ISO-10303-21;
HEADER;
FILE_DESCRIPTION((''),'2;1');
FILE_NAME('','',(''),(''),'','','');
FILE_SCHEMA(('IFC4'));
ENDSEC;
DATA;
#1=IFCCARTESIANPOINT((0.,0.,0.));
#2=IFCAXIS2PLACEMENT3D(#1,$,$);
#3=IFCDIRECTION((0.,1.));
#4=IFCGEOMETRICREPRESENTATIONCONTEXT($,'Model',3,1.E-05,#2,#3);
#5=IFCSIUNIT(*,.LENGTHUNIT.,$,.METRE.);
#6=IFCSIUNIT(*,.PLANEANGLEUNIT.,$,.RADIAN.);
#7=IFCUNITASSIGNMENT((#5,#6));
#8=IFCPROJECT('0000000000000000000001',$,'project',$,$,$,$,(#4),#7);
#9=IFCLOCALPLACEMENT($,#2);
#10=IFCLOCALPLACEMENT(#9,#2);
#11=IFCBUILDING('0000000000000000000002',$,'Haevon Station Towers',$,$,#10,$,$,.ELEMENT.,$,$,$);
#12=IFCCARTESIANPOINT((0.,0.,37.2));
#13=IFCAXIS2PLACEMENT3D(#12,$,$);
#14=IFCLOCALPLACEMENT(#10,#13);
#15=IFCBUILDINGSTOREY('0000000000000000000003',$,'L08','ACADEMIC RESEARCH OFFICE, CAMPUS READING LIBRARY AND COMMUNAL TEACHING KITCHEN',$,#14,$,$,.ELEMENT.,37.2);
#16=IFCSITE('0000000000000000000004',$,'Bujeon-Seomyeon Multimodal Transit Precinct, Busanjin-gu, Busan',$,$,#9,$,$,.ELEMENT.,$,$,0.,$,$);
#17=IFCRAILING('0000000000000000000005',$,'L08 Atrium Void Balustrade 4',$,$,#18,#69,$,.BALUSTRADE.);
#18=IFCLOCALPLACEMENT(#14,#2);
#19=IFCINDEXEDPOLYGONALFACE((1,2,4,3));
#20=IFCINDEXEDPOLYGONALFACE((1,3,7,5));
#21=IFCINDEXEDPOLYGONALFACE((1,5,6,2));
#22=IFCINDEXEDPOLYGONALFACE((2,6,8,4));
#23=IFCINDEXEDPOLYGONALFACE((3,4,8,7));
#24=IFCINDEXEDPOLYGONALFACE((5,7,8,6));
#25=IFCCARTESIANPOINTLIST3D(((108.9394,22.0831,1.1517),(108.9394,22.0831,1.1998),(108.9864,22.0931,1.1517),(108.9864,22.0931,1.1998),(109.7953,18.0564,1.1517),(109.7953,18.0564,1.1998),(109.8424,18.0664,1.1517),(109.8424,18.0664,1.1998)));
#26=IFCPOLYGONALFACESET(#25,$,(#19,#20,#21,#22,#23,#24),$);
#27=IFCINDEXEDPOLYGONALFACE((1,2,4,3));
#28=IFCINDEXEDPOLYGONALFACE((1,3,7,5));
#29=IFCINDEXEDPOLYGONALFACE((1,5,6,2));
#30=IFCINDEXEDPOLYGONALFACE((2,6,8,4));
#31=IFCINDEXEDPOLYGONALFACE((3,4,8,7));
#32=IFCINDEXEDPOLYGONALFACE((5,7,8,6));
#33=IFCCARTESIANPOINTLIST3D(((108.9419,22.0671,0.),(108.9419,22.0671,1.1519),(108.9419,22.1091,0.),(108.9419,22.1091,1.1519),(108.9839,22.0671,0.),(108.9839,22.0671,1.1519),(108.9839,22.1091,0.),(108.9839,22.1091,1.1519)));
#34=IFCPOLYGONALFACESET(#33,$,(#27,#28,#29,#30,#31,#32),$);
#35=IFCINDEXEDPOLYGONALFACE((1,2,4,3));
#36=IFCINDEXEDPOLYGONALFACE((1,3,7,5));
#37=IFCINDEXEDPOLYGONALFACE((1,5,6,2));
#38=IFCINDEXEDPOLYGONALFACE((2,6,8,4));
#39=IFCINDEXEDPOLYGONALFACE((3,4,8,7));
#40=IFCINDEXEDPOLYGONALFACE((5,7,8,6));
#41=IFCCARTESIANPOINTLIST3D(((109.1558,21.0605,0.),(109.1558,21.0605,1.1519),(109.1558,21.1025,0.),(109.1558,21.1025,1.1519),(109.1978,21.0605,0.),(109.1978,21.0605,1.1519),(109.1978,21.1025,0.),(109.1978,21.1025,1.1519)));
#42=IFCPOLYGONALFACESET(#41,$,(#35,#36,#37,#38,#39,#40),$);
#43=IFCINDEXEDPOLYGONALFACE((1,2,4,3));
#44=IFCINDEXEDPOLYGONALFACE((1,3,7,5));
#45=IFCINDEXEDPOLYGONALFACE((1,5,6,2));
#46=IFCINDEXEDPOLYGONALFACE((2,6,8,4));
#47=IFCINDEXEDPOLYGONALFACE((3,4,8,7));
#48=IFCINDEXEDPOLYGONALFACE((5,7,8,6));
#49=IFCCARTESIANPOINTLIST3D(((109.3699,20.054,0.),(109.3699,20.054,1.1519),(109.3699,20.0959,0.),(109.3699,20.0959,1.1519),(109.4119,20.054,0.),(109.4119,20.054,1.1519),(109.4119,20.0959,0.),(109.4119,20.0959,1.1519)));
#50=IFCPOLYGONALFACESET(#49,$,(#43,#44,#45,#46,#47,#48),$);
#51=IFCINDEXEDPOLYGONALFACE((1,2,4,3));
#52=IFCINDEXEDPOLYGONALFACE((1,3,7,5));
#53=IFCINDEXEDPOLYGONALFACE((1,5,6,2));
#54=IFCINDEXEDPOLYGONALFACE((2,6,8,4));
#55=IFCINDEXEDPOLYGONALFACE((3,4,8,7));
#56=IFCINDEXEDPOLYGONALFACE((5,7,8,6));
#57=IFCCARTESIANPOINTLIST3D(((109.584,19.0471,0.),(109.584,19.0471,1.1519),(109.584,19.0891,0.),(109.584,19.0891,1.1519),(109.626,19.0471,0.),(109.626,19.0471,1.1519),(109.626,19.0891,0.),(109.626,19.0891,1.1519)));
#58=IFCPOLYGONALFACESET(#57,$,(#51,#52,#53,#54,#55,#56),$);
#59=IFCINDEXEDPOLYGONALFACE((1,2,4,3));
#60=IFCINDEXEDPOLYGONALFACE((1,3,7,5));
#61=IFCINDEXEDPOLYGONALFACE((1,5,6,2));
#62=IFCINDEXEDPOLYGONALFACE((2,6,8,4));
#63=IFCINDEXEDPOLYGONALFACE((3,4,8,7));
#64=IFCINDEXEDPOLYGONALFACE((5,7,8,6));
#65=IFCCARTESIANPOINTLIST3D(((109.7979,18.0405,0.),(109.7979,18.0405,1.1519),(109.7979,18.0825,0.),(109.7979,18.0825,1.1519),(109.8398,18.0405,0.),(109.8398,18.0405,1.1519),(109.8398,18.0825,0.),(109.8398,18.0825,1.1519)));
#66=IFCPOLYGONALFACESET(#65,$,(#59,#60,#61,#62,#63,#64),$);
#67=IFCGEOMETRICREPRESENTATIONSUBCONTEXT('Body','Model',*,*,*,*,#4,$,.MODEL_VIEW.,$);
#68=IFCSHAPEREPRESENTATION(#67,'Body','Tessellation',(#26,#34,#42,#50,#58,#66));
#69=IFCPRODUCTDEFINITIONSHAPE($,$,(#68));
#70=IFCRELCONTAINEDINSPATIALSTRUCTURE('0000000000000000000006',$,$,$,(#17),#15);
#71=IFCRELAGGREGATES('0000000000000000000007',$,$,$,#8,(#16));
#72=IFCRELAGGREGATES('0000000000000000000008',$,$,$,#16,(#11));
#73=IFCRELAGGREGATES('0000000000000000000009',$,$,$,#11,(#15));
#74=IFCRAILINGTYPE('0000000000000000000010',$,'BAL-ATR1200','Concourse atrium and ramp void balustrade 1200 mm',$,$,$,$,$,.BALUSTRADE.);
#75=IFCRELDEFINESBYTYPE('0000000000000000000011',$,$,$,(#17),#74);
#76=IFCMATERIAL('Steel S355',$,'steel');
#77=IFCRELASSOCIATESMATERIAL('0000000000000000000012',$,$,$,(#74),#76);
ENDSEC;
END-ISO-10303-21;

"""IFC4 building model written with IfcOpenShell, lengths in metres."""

from ifc_helpers import new_model, si_unit, direction, frame, origin, origin_2d, place, context, subcontext, project, spatial, rectangle, extrude, material, type_object, element, save


model = new_model("IFC4")

# Units and contexts
model_context = context("Model", 3, precision=1e-05, world=origin(), true_north=direction((0.0, 1.0)))
body_context = subcontext(model_context, "Body", "Model", "MODEL_VIEW")
ifc_project = project(units=[si_unit("LENGTHUNIT", "METRE"), si_unit("PLANEANGLEUNIT", "RADIAN")], contexts=[model_context])

# Site, building, storey
site_placement = place(None, origin())
site = spatial("IfcSite", under=ifc_project, at=site_placement, Name="Bujeon-Seomyeon Multimodal Transit Precinct, Busanjin-gu, Busan", CompositionType="ELEMENT", RefElevation=0.0)
building_placement = place(site_placement, origin())
building = spatial("IfcBuilding", under=site, at=building_placement, Name="Haevon Station Towers", CompositionType="ELEMENT")
storey_placement = place(building_placement, frame((0.0, 0.0, 37.2)))
storey = spatial("IfcBuildingStorey", under=building, at=storey_placement, Name="L08", Description="ACADEMIC RESEARCH OFFICE, CAMPUS READING LIBRARY AND COMMUNAL TEACHING KITCHEN", CompositionType="ELEMENT", Elevation=37.2)

# Shared definitions
ifc_material_1 = material(Name="Steel S355", Category="steel")

# Railing
railing_type = type_object("IfcRailingType", Name="BAL-ATR1200", Description="Concourse atrium and ramp void balustrade 1200 mm", PredefinedType="BALUSTRADE", material=ifc_material_1)
railing_1_placement = place(storey_placement, frame((108.9629, 22.0881, 0.0)))
element("IfcRailing", 1, at=railing_1_placement, inside=storey, type_object=railing_type, Name="L08 Atrium Void Balustrade 4", PredefinedType="BALUSTRADE", context=body_context, shape_type="SweptSolid", body=[
    extrude(rectangle(XDim=0.0481, YDim=0.0481, at=origin_2d()), frame((0.0, 0.0, 1.1758), z_axis=(0.207929, -0.978144, 0.0), x_axis=(0.978144, 0.207929, 0.0)), (0.0, 0.0, 1.0), 4.1167),
    extrude(rectangle(XDim=0.042, YDim=0.042, at=origin_2d()), origin(), (0.0, 0.0, 1.0), 1.1519),
    extrude(rectangle(XDim=0.042, YDim=0.042, at=origin_2d()), frame((0.2139, -1.0066, 0.0)), (0.0, 0.0, 1.0), 1.1519),
    extrude(rectangle(XDim=0.042, YDim=0.042, at=origin_2d()), frame((0.428, -2.0132, 0.0)), (0.0, 0.0, 1.0), 1.1519),
    extrude(rectangle(XDim=0.042, YDim=0.042, at=origin_2d()), frame((0.6421, -3.02, 0.0)), (0.0, 0.0, 1.0), 1.1519),
    extrude(rectangle(XDim=0.042, YDim=0.042, at=origin_2d()), frame((0.856, -4.0266, 0.0)), (0.0, 0.0, 1.0), 1.1519),
])

save(model, "model.ifc")
